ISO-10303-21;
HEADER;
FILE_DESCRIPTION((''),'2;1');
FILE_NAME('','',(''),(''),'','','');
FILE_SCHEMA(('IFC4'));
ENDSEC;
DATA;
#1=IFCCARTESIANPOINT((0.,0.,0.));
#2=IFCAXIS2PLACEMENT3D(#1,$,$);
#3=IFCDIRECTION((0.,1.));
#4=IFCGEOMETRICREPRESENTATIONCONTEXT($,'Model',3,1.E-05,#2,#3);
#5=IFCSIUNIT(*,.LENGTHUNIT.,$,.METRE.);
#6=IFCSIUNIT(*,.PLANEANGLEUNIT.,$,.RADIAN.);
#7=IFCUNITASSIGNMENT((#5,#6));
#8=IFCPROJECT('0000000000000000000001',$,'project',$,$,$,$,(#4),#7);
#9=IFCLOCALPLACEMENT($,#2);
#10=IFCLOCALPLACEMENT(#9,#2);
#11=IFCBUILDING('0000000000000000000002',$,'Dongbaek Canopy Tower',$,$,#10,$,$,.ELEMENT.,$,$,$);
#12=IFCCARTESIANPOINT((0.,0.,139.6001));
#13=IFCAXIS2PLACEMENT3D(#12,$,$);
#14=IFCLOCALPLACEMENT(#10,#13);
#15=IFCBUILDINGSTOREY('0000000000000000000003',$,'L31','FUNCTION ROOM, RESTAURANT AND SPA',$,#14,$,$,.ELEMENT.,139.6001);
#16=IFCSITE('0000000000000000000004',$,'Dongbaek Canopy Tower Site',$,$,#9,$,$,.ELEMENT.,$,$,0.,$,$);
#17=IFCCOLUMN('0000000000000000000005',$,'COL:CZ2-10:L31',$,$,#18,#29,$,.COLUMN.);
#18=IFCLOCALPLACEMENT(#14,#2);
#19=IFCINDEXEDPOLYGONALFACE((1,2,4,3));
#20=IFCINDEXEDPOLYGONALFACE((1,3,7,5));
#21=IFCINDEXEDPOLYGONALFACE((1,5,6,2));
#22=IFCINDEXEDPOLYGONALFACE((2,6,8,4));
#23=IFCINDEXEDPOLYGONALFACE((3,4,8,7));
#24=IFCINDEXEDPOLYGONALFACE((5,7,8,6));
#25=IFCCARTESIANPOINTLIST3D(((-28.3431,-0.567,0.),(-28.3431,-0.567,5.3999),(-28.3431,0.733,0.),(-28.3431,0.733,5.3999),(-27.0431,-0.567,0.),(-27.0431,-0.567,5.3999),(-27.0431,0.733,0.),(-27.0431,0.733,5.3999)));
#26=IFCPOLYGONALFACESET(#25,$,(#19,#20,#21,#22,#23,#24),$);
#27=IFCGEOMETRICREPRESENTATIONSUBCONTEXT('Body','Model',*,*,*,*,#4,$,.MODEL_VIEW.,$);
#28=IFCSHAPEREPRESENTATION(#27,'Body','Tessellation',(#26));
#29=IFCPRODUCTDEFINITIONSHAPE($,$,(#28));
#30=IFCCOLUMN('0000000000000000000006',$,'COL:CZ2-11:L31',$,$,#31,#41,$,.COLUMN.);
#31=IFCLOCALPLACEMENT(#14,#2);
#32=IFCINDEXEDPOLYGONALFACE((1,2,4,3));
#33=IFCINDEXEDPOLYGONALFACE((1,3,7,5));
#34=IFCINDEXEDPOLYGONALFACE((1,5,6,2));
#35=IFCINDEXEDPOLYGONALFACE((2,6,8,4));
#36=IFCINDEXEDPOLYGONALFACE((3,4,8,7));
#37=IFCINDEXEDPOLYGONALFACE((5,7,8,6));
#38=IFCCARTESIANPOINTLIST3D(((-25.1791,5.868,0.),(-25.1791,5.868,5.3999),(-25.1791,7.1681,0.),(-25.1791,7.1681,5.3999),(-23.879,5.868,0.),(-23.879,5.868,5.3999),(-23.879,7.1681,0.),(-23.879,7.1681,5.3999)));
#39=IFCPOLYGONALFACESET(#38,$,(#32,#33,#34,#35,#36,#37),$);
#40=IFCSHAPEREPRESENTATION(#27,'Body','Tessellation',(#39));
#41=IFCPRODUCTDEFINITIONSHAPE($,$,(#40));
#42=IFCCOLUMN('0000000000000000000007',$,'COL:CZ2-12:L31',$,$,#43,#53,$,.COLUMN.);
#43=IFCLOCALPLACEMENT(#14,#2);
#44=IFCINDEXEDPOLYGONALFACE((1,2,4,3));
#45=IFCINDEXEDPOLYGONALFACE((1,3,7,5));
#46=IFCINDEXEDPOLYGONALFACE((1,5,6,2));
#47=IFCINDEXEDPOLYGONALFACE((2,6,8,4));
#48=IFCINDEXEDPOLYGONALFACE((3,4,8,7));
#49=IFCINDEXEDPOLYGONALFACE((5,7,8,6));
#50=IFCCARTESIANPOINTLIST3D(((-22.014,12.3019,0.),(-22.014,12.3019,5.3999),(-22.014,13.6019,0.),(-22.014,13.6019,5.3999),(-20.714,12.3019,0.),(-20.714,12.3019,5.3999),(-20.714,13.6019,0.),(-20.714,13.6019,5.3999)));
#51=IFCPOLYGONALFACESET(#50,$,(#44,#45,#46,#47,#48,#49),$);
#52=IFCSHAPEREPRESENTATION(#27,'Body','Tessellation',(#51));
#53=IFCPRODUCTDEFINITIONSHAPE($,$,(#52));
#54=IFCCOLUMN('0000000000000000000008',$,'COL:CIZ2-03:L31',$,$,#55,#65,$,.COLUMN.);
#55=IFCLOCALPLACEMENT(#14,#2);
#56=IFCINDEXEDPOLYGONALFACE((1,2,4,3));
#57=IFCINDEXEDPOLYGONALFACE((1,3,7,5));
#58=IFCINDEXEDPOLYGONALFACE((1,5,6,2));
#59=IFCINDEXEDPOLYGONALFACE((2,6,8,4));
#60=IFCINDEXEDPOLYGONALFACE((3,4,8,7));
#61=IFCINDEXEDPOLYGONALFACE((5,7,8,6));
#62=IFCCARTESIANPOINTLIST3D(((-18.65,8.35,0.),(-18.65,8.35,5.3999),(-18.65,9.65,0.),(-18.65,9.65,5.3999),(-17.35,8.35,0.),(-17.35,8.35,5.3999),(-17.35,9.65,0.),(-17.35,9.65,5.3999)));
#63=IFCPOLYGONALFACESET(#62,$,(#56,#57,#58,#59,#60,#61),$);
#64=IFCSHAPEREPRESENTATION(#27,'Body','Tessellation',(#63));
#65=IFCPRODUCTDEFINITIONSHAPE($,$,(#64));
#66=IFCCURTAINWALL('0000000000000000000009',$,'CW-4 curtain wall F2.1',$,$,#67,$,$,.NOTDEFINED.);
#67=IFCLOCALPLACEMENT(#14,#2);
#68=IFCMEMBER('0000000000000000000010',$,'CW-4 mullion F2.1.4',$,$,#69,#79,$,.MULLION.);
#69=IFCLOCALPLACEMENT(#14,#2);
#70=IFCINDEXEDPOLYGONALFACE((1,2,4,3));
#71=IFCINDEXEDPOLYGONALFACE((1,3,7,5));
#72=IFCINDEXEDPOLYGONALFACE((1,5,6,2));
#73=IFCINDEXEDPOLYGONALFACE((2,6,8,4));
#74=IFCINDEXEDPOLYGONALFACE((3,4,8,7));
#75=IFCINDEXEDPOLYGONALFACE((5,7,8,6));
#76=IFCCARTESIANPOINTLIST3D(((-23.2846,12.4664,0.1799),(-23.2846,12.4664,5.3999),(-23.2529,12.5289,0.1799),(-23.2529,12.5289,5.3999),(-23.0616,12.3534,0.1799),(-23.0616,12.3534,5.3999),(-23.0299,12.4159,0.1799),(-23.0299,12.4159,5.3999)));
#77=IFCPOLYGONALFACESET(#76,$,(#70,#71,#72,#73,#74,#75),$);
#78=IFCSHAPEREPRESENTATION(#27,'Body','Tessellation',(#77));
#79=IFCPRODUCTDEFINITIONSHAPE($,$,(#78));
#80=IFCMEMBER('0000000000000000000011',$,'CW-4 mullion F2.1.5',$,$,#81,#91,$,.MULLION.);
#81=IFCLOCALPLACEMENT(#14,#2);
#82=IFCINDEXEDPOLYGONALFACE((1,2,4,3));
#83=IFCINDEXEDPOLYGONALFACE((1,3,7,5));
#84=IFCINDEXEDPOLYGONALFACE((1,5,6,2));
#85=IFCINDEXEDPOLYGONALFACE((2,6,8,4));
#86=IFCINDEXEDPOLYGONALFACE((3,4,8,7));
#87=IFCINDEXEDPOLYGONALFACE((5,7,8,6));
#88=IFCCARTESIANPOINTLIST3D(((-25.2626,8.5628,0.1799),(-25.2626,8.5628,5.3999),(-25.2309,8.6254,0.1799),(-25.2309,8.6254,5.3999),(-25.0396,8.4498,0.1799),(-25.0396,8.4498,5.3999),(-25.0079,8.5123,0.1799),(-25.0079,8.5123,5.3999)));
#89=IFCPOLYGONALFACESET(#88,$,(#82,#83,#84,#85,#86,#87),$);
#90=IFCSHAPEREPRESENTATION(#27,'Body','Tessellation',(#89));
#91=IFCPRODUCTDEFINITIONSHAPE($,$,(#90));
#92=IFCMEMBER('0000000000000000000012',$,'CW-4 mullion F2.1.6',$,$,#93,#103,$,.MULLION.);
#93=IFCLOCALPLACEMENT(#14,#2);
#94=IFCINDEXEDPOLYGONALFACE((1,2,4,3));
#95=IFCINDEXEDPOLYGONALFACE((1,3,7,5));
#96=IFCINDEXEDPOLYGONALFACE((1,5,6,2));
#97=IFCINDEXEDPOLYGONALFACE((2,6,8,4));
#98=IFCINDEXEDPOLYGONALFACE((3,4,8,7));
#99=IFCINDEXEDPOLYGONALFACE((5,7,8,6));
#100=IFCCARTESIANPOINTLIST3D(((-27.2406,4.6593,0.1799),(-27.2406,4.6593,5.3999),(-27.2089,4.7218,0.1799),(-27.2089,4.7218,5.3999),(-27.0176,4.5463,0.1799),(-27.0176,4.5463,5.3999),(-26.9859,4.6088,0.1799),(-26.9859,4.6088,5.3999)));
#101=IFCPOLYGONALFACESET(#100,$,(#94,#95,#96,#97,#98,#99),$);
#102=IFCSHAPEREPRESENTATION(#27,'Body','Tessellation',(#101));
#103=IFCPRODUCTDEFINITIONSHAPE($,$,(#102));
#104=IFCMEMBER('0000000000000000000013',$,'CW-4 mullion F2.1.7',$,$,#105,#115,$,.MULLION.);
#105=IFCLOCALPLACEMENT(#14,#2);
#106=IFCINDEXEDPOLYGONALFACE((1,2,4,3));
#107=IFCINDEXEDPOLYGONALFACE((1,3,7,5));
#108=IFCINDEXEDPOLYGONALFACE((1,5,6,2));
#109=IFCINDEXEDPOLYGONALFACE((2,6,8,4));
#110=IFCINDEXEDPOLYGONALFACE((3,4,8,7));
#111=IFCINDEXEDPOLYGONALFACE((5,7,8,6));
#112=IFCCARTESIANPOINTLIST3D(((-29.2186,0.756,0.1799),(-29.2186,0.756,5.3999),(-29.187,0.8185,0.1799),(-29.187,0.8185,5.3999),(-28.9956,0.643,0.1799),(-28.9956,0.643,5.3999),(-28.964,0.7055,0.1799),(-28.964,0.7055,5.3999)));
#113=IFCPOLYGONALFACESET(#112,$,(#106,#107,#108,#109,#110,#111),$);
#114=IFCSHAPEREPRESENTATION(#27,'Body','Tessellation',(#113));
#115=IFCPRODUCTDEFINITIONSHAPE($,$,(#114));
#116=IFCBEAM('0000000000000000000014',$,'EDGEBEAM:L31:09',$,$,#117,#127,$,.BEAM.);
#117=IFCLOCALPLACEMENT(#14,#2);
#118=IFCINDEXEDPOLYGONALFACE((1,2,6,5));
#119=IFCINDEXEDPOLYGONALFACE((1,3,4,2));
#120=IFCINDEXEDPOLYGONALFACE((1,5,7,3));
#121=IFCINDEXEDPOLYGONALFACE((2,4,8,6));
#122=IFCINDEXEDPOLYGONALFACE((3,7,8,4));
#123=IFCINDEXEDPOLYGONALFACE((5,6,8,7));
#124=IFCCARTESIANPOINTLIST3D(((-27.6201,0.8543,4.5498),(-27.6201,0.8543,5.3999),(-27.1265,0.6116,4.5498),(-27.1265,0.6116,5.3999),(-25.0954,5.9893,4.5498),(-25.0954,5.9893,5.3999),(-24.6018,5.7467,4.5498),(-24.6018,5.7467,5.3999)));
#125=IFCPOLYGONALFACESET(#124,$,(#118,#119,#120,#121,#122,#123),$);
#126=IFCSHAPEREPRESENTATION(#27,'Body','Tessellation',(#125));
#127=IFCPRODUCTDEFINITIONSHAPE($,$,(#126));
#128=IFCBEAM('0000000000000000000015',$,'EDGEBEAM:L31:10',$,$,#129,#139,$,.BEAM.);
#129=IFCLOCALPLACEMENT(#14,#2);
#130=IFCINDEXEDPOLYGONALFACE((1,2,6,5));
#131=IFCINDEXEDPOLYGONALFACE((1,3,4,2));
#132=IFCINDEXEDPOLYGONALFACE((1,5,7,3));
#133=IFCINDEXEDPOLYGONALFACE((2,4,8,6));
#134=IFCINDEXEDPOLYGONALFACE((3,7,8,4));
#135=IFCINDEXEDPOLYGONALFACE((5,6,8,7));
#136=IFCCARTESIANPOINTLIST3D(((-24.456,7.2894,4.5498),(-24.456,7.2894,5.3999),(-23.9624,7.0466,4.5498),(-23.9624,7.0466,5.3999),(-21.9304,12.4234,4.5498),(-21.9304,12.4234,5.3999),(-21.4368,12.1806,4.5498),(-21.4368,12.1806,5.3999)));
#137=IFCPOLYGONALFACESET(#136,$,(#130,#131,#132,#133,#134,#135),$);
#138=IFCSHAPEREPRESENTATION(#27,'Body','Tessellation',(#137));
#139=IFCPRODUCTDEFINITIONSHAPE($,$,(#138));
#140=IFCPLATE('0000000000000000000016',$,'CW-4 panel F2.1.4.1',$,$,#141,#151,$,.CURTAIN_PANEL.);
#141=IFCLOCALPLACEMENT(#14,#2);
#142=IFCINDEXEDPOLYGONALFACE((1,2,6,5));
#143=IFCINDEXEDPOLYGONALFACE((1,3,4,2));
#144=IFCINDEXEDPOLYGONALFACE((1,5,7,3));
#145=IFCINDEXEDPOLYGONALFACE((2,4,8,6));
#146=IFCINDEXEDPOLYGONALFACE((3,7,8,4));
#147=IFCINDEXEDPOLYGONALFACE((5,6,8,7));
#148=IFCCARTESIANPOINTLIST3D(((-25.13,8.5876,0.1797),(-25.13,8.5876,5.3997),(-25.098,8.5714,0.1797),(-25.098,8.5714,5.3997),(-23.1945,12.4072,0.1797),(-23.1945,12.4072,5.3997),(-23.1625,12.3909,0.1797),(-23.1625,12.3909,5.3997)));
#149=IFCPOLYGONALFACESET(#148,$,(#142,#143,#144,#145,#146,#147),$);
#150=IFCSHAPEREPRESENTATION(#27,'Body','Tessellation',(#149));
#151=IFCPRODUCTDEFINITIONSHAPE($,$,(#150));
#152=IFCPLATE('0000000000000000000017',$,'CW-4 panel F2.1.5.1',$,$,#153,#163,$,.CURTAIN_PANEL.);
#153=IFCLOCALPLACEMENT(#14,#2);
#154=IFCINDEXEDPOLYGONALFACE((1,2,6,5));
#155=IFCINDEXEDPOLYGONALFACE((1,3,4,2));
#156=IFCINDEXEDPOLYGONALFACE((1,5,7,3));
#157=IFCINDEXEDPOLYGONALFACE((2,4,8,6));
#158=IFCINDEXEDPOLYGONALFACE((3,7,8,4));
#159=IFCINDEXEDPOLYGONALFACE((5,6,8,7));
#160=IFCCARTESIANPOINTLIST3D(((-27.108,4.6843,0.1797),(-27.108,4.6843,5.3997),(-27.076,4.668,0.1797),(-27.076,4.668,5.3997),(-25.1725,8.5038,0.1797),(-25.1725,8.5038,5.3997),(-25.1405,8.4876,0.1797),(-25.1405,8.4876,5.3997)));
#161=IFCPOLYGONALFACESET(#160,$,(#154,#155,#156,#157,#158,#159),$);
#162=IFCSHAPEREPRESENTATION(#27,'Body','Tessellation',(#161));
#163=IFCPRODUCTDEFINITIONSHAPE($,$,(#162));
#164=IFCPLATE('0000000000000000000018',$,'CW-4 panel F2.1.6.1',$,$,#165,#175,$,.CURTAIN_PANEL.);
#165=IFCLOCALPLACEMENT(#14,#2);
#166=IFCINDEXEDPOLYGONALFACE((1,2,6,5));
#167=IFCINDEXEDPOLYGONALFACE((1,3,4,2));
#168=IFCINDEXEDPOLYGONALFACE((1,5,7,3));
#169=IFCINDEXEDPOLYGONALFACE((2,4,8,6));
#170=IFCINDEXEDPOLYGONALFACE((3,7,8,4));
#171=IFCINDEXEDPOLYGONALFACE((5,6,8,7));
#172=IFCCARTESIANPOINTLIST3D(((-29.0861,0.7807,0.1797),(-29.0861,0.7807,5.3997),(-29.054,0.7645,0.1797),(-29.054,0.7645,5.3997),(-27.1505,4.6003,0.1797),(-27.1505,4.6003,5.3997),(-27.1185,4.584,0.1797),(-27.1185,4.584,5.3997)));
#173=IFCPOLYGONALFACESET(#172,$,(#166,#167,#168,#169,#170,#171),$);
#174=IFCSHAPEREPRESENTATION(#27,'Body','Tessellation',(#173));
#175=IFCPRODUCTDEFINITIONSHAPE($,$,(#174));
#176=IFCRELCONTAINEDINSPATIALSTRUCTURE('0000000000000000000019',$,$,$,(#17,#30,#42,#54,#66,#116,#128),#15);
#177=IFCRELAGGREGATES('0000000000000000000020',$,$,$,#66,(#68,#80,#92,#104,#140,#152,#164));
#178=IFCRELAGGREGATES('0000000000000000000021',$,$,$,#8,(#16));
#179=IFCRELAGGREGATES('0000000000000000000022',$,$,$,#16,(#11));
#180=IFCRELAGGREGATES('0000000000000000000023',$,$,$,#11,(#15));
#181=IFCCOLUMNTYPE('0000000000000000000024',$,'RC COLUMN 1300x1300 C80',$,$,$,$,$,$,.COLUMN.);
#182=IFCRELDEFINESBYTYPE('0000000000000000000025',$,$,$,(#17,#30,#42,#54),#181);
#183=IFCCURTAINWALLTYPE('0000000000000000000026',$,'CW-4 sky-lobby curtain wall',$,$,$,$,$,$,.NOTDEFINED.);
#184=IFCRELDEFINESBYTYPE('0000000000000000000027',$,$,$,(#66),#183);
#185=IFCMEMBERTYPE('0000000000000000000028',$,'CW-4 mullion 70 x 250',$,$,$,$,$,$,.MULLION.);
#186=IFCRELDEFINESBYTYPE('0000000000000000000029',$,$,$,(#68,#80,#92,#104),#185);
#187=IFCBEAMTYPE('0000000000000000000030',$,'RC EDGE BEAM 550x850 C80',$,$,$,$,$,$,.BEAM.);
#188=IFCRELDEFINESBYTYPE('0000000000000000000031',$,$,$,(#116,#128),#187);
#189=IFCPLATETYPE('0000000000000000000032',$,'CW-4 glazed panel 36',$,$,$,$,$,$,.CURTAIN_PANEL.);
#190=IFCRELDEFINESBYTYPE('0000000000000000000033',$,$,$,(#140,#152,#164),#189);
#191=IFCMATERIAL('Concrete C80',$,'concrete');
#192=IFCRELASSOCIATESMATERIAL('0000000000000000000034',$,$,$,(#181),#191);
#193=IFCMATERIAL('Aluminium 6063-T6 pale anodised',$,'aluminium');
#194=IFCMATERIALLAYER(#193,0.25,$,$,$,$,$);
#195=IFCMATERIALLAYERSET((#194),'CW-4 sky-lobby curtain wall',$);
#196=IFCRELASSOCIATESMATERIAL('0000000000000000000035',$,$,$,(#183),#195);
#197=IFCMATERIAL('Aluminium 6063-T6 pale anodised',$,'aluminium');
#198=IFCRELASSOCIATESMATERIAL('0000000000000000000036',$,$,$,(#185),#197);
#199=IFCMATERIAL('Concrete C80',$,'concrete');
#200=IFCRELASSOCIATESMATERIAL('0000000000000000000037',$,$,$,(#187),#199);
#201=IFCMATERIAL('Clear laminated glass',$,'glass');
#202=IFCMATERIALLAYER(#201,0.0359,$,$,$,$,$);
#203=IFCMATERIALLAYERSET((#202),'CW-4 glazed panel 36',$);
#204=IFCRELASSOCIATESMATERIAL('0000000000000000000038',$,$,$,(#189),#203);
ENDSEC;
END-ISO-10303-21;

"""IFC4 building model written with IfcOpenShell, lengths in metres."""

from ifc_helpers import new_model, si_unit, direction, frame, origin, origin_2d, place, context, subcontext, project, spatial, rectangle, extrude, material, layer, layer_set, material_profile, profile_set, type_object, element, aggregate, save


model = new_model("IFC4")

# Units and contexts
model_context = context("Model", 3, precision=1e-05, world=origin(), true_north=direction((0.0, 1.0)))
body_context = subcontext(model_context, "Body", "Model", "MODEL_VIEW")
ifc_project = project(units=[si_unit("LENGTHUNIT", "METRE"), si_unit("PLANEANGLEUNIT", "RADIAN")], contexts=[model_context])

# Site, building, storey
site_placement = place(None, origin())
site = spatial("IfcSite", under=ifc_project, at=site_placement, Name="Dongbaek Canopy Tower Site", CompositionType="ELEMENT", RefElevation=0.0)
building_placement = place(site_placement, origin())
building = spatial("IfcBuilding", under=site, at=building_placement, Name="Dongbaek Canopy Tower", CompositionType="ELEMENT")
storey_placement = place(building_placement, frame((0.0, 0.0, 139.6001)))
storey = spatial("IfcBuildingStorey", under=building, at=storey_placement, Name="L31", Description="FUNCTION ROOM, RESTAURANT AND SPA", CompositionType="ELEMENT", Elevation=139.6001)

# Columns
ifc_material_1 = material(Name="Concrete C80", Category="concrete")
ifc_material_profile_1 = material_profile(ifc_material_1, rectangle(XDim=1.3, YDim=1.3, at=origin_2d()), Name="RC COLUMN 1300x1300 C80")
ifc_profile_set_1 = profile_set([ifc_material_profile_1], Name="Concrete C80")
column_type = type_object("IfcColumnType", Name="RC COLUMN 1300x1300 C80", PredefinedType="COLUMN", material=ifc_profile_set_1)
for number, where, z_axis, x_axis, name in (
    (1, (-27.6931, 0.083, 0.0), (0.0, 0.0, 1.0), (1.0, 0.0, 0.0), "COL:CZ2-10:L31"),
    (2, (-24.5291, 6.5181, 0.0), (0.0, 0.0, 1.0), (1.0, 0.0, 0.0), "COL:CZ2-11:L31"),
    (3, (-21.364, 12.9519, 0.0), (0.0, 0.0, 1.0), (1.0, 0.0, 0.0), "COL:CZ2-12:L31"),
    (4, (-18.0, 9.0, 0.0), (0.0, 0.0, 1.0), (1.0, 0.0, 0.0), "COL:CIZ2-03:L31"),
):
    element("IfcColumn", number, at=place(storey_placement, frame(where, z_axis=z_axis, x_axis=x_axis)), inside=storey, type_object=column_type, Name=name, PredefinedType="COLUMN", context=body_context, shape_type="SweptSolid", body=[
        extrude(rectangle(XDim=1.3, YDim=1.3, at=origin_2d()), origin(), (0.0, 0.0, 1.0), 5.3999),
    ])

# Curtain wall, members
ifc_material_2 = material(Name="Aluminium 6063-T6 pale anodised", Category="aluminium")
ifc_layer_1 = layer(ifc_material_2, 0.25)
ifc_layer_set_1 = layer_set([ifc_layer_1], Name="CW-4 sky-lobby curtain wall")
curtain_wall_type = type_object("IfcCurtainWallType", Name="CW-4 sky-lobby curtain wall", PredefinedType="NOTDEFINED", material=ifc_layer_set_1)
curtain_wall_placement = place(storey_placement, origin())
curtain_wall = element("IfcCurtainWall", 5, at=curtain_wall_placement, inside=storey, type_object=curtain_wall_type, Name="CW-4 curtain wall F2.1", PredefinedType="NOTDEFINED")
ifc_material_3 = material(Name="Aluminium 6063-T6 pale anodised", Category="aluminium")
ifc_material_profile_2 = material_profile(ifc_material_3, rectangle(XDim=0.25, YDim=0.0701, at=origin_2d()), Name="CW-4 mullion 70 x 250")
ifc_profile_set_2 = profile_set([ifc_material_profile_2], Name="Aluminium 6063-T6 pale anodised")
member_type = type_object("IfcMemberType", Name="CW-4 mullion 70 x 250", PredefinedType="MULLION", material=ifc_profile_set_2)
member_1_placement = place(storey_placement, frame((-23.1572, 12.4412, 0.1799), z_axis=(0.0, 0.0, 1.0), x_axis=(-0.892011, 0.452014, 0.0)))
member_1 = element("IfcMember", 6, at=member_1_placement, type_object=member_type, Name="CW-4 mullion F2.1.4", PredefinedType="MULLION", context=body_context, shape_type="SweptSolid", body=[
    extrude(rectangle(XDim=0.25, YDim=0.0701, at=origin_2d()), origin(), (0.0, 0.0, 1.0), 5.22),
])
member_2_placement = place(storey_placement, frame((-25.1353, 8.5376, 0.1799), z_axis=(0.0, 0.0, 1.0), x_axis=(-0.892011, 0.452014, 0.0)))
member_2 = element("IfcMember", 7, at=member_2_placement, type_object=member_type, Name="CW-4 mullion F2.1.5", PredefinedType="MULLION", context=body_context, shape_type="SweptSolid", body=[
    extrude(rectangle(XDim=0.25, YDim=0.0701, at=origin_2d()), origin(), (0.0, 0.0, 1.0), 5.22),
])
member_3_placement = place(storey_placement, frame((-27.1133, 4.634, 0.1799), z_axis=(0.0, 0.0, 1.0), x_axis=(-0.892011, 0.452014, 0.0)))
member_3 = element("IfcMember", 8, at=member_3_placement, type_object=member_type, Name="CW-4 mullion F2.1.6", PredefinedType="MULLION", context=body_context, shape_type="SweptSolid", body=[
    extrude(rectangle(XDim=0.25, YDim=0.0701, at=origin_2d()), origin(), (0.0, 0.0, 1.0), 5.22),
])
member_4_placement = place(storey_placement, frame((-29.0913, 0.7307, 0.1799), z_axis=(0.0, 0.0, 1.0), x_axis=(-0.892011, 0.452014, 0.0)))
member_4 = element("IfcMember", 9, at=member_4_placement, type_object=member_type, Name="CW-4 mullion F2.1.7", PredefinedType="MULLION", context=body_context, shape_type="SweptSolid", body=[
    extrude(rectangle(XDim=0.25, YDim=0.0701, at=origin_2d()), origin(), (0.0, 0.0, 1.0), 5.22),
])

# Beams
ifc_material_4 = material(Name="Concrete C80", Category="concrete")
ifc_material_profile_3 = material_profile(ifc_material_4, rectangle(XDim=0.55, YDim=0.8501, at=origin_2d()), Name="RC EDGE BEAM 550x850 C80")
ifc_profile_set_3 = profile_set([ifc_material_profile_3], Name="Concrete C80")
beam_type = type_object("IfcBeamType", Name="RC EDGE BEAM 550x850 C80", PredefinedType="BEAM", material=ifc_profile_set_3)
beam_1_placement = place(storey_placement, frame((-27.3733, 0.7329, 4.9749), z_axis=(0.441213, 0.897402, 0.0), x_axis=(-0.897402, 0.441213, 0.0)))
element("IfcBeam", 10, at=beam_1_placement, inside=storey, type_object=beam_type, Name="EDGEBEAM:L31:09", PredefinedType="BEAM", context=body_context, shape_type="SweptSolid", body=[
    extrude(rectangle(XDim=0.55, YDim=0.8501, at=origin_2d()), origin(), (0.0, 0.0, 1.0), 5.7222),
])
beam_2_placement = place(storey_placement, frame((-24.2092, 7.168, 4.9749), z_axis=(0.441418, 0.897301, 0.0), x_axis=(-0.897301, 0.441418, 0.0)))
element("IfcBeam", 11, at=beam_2_placement, inside=storey, type_object=beam_type, Name="EDGEBEAM:L31:10", PredefinedType="BEAM", context=body_context, shape_type="SweptSolid", body=[
    extrude(rectangle(XDim=0.55, YDim=0.8501, at=origin_2d()), origin(), (0.0, 0.0, 1.0), 5.7217),
])

# Plates
ifc_material_5 = material(Name="Clear laminated glass", Category="glass")
ifc_layer_2 = layer(ifc_material_5, 0.0359)
ifc_layer_set_2 = layer_set([ifc_layer_2], Name="CW-4 glazed panel 36")
plate_type = type_object("IfcPlateType", Name="CW-4 glazed panel 36", PredefinedType="CURTAIN_PANEL", material=ifc_layer_set_2)
plate_1_placement = place(storey_placement, frame((-24.1462, 10.4893, 0.1797), z_axis=(0.0, 0.0, 1.0), x_axis=(-0.452014, -0.892011, 0.0)))
plate_1 = element("IfcPlate", 12, at=plate_1_placement, type_object=plate_type, Name="CW-4 panel F2.1.4.1", PredefinedType="CURTAIN_PANEL", context=body_context, shape_type="SweptSolid", body=[
    extrude(rectangle(XDim=4.282, YDim=0.0359, at=origin_2d()), origin(), (0.0, 0.0, 1.0), 5.22),
])
plate_2_placement = place(storey_placement, frame((-26.1243, 6.5859, 0.1797), z_axis=(0.0, 0.0, 1.0), x_axis=(-0.452014, -0.892011, 0.0)))
plate_2 = element("IfcPlate", 13, at=plate_2_placement, type_object=plate_type, Name="CW-4 panel F2.1.5.1", PredefinedType="CURTAIN_PANEL", context=body_context, shape_type="SweptSolid", body=[
    extrude(rectangle(XDim=4.282, YDim=0.0359, at=origin_2d()), origin(), (0.0, 0.0, 1.0), 5.22),
])
plate_3_placement = place(storey_placement, frame((-28.1023, 2.6824, 0.1797), z_axis=(0.0, 0.0, 1.0), x_axis=(-0.452014, -0.892011, 0.0)))
plate_3 = element("IfcPlate", 14, at=plate_3_placement, type_object=plate_type, Name="CW-4 panel F2.1.6.1", PredefinedType="CURTAIN_PANEL", context=body_context, shape_type="SweptSolid", body=[
    extrude(rectangle(XDim=4.282, YDim=0.0359, at=origin_2d()), origin(), (0.0, 0.0, 1.0), 5.22),
])
aggregate(curtain_wall, [member_1, member_2, member_3, member_4, plate_1, plate_2, plate_3])

save(model, "model.ifc")
